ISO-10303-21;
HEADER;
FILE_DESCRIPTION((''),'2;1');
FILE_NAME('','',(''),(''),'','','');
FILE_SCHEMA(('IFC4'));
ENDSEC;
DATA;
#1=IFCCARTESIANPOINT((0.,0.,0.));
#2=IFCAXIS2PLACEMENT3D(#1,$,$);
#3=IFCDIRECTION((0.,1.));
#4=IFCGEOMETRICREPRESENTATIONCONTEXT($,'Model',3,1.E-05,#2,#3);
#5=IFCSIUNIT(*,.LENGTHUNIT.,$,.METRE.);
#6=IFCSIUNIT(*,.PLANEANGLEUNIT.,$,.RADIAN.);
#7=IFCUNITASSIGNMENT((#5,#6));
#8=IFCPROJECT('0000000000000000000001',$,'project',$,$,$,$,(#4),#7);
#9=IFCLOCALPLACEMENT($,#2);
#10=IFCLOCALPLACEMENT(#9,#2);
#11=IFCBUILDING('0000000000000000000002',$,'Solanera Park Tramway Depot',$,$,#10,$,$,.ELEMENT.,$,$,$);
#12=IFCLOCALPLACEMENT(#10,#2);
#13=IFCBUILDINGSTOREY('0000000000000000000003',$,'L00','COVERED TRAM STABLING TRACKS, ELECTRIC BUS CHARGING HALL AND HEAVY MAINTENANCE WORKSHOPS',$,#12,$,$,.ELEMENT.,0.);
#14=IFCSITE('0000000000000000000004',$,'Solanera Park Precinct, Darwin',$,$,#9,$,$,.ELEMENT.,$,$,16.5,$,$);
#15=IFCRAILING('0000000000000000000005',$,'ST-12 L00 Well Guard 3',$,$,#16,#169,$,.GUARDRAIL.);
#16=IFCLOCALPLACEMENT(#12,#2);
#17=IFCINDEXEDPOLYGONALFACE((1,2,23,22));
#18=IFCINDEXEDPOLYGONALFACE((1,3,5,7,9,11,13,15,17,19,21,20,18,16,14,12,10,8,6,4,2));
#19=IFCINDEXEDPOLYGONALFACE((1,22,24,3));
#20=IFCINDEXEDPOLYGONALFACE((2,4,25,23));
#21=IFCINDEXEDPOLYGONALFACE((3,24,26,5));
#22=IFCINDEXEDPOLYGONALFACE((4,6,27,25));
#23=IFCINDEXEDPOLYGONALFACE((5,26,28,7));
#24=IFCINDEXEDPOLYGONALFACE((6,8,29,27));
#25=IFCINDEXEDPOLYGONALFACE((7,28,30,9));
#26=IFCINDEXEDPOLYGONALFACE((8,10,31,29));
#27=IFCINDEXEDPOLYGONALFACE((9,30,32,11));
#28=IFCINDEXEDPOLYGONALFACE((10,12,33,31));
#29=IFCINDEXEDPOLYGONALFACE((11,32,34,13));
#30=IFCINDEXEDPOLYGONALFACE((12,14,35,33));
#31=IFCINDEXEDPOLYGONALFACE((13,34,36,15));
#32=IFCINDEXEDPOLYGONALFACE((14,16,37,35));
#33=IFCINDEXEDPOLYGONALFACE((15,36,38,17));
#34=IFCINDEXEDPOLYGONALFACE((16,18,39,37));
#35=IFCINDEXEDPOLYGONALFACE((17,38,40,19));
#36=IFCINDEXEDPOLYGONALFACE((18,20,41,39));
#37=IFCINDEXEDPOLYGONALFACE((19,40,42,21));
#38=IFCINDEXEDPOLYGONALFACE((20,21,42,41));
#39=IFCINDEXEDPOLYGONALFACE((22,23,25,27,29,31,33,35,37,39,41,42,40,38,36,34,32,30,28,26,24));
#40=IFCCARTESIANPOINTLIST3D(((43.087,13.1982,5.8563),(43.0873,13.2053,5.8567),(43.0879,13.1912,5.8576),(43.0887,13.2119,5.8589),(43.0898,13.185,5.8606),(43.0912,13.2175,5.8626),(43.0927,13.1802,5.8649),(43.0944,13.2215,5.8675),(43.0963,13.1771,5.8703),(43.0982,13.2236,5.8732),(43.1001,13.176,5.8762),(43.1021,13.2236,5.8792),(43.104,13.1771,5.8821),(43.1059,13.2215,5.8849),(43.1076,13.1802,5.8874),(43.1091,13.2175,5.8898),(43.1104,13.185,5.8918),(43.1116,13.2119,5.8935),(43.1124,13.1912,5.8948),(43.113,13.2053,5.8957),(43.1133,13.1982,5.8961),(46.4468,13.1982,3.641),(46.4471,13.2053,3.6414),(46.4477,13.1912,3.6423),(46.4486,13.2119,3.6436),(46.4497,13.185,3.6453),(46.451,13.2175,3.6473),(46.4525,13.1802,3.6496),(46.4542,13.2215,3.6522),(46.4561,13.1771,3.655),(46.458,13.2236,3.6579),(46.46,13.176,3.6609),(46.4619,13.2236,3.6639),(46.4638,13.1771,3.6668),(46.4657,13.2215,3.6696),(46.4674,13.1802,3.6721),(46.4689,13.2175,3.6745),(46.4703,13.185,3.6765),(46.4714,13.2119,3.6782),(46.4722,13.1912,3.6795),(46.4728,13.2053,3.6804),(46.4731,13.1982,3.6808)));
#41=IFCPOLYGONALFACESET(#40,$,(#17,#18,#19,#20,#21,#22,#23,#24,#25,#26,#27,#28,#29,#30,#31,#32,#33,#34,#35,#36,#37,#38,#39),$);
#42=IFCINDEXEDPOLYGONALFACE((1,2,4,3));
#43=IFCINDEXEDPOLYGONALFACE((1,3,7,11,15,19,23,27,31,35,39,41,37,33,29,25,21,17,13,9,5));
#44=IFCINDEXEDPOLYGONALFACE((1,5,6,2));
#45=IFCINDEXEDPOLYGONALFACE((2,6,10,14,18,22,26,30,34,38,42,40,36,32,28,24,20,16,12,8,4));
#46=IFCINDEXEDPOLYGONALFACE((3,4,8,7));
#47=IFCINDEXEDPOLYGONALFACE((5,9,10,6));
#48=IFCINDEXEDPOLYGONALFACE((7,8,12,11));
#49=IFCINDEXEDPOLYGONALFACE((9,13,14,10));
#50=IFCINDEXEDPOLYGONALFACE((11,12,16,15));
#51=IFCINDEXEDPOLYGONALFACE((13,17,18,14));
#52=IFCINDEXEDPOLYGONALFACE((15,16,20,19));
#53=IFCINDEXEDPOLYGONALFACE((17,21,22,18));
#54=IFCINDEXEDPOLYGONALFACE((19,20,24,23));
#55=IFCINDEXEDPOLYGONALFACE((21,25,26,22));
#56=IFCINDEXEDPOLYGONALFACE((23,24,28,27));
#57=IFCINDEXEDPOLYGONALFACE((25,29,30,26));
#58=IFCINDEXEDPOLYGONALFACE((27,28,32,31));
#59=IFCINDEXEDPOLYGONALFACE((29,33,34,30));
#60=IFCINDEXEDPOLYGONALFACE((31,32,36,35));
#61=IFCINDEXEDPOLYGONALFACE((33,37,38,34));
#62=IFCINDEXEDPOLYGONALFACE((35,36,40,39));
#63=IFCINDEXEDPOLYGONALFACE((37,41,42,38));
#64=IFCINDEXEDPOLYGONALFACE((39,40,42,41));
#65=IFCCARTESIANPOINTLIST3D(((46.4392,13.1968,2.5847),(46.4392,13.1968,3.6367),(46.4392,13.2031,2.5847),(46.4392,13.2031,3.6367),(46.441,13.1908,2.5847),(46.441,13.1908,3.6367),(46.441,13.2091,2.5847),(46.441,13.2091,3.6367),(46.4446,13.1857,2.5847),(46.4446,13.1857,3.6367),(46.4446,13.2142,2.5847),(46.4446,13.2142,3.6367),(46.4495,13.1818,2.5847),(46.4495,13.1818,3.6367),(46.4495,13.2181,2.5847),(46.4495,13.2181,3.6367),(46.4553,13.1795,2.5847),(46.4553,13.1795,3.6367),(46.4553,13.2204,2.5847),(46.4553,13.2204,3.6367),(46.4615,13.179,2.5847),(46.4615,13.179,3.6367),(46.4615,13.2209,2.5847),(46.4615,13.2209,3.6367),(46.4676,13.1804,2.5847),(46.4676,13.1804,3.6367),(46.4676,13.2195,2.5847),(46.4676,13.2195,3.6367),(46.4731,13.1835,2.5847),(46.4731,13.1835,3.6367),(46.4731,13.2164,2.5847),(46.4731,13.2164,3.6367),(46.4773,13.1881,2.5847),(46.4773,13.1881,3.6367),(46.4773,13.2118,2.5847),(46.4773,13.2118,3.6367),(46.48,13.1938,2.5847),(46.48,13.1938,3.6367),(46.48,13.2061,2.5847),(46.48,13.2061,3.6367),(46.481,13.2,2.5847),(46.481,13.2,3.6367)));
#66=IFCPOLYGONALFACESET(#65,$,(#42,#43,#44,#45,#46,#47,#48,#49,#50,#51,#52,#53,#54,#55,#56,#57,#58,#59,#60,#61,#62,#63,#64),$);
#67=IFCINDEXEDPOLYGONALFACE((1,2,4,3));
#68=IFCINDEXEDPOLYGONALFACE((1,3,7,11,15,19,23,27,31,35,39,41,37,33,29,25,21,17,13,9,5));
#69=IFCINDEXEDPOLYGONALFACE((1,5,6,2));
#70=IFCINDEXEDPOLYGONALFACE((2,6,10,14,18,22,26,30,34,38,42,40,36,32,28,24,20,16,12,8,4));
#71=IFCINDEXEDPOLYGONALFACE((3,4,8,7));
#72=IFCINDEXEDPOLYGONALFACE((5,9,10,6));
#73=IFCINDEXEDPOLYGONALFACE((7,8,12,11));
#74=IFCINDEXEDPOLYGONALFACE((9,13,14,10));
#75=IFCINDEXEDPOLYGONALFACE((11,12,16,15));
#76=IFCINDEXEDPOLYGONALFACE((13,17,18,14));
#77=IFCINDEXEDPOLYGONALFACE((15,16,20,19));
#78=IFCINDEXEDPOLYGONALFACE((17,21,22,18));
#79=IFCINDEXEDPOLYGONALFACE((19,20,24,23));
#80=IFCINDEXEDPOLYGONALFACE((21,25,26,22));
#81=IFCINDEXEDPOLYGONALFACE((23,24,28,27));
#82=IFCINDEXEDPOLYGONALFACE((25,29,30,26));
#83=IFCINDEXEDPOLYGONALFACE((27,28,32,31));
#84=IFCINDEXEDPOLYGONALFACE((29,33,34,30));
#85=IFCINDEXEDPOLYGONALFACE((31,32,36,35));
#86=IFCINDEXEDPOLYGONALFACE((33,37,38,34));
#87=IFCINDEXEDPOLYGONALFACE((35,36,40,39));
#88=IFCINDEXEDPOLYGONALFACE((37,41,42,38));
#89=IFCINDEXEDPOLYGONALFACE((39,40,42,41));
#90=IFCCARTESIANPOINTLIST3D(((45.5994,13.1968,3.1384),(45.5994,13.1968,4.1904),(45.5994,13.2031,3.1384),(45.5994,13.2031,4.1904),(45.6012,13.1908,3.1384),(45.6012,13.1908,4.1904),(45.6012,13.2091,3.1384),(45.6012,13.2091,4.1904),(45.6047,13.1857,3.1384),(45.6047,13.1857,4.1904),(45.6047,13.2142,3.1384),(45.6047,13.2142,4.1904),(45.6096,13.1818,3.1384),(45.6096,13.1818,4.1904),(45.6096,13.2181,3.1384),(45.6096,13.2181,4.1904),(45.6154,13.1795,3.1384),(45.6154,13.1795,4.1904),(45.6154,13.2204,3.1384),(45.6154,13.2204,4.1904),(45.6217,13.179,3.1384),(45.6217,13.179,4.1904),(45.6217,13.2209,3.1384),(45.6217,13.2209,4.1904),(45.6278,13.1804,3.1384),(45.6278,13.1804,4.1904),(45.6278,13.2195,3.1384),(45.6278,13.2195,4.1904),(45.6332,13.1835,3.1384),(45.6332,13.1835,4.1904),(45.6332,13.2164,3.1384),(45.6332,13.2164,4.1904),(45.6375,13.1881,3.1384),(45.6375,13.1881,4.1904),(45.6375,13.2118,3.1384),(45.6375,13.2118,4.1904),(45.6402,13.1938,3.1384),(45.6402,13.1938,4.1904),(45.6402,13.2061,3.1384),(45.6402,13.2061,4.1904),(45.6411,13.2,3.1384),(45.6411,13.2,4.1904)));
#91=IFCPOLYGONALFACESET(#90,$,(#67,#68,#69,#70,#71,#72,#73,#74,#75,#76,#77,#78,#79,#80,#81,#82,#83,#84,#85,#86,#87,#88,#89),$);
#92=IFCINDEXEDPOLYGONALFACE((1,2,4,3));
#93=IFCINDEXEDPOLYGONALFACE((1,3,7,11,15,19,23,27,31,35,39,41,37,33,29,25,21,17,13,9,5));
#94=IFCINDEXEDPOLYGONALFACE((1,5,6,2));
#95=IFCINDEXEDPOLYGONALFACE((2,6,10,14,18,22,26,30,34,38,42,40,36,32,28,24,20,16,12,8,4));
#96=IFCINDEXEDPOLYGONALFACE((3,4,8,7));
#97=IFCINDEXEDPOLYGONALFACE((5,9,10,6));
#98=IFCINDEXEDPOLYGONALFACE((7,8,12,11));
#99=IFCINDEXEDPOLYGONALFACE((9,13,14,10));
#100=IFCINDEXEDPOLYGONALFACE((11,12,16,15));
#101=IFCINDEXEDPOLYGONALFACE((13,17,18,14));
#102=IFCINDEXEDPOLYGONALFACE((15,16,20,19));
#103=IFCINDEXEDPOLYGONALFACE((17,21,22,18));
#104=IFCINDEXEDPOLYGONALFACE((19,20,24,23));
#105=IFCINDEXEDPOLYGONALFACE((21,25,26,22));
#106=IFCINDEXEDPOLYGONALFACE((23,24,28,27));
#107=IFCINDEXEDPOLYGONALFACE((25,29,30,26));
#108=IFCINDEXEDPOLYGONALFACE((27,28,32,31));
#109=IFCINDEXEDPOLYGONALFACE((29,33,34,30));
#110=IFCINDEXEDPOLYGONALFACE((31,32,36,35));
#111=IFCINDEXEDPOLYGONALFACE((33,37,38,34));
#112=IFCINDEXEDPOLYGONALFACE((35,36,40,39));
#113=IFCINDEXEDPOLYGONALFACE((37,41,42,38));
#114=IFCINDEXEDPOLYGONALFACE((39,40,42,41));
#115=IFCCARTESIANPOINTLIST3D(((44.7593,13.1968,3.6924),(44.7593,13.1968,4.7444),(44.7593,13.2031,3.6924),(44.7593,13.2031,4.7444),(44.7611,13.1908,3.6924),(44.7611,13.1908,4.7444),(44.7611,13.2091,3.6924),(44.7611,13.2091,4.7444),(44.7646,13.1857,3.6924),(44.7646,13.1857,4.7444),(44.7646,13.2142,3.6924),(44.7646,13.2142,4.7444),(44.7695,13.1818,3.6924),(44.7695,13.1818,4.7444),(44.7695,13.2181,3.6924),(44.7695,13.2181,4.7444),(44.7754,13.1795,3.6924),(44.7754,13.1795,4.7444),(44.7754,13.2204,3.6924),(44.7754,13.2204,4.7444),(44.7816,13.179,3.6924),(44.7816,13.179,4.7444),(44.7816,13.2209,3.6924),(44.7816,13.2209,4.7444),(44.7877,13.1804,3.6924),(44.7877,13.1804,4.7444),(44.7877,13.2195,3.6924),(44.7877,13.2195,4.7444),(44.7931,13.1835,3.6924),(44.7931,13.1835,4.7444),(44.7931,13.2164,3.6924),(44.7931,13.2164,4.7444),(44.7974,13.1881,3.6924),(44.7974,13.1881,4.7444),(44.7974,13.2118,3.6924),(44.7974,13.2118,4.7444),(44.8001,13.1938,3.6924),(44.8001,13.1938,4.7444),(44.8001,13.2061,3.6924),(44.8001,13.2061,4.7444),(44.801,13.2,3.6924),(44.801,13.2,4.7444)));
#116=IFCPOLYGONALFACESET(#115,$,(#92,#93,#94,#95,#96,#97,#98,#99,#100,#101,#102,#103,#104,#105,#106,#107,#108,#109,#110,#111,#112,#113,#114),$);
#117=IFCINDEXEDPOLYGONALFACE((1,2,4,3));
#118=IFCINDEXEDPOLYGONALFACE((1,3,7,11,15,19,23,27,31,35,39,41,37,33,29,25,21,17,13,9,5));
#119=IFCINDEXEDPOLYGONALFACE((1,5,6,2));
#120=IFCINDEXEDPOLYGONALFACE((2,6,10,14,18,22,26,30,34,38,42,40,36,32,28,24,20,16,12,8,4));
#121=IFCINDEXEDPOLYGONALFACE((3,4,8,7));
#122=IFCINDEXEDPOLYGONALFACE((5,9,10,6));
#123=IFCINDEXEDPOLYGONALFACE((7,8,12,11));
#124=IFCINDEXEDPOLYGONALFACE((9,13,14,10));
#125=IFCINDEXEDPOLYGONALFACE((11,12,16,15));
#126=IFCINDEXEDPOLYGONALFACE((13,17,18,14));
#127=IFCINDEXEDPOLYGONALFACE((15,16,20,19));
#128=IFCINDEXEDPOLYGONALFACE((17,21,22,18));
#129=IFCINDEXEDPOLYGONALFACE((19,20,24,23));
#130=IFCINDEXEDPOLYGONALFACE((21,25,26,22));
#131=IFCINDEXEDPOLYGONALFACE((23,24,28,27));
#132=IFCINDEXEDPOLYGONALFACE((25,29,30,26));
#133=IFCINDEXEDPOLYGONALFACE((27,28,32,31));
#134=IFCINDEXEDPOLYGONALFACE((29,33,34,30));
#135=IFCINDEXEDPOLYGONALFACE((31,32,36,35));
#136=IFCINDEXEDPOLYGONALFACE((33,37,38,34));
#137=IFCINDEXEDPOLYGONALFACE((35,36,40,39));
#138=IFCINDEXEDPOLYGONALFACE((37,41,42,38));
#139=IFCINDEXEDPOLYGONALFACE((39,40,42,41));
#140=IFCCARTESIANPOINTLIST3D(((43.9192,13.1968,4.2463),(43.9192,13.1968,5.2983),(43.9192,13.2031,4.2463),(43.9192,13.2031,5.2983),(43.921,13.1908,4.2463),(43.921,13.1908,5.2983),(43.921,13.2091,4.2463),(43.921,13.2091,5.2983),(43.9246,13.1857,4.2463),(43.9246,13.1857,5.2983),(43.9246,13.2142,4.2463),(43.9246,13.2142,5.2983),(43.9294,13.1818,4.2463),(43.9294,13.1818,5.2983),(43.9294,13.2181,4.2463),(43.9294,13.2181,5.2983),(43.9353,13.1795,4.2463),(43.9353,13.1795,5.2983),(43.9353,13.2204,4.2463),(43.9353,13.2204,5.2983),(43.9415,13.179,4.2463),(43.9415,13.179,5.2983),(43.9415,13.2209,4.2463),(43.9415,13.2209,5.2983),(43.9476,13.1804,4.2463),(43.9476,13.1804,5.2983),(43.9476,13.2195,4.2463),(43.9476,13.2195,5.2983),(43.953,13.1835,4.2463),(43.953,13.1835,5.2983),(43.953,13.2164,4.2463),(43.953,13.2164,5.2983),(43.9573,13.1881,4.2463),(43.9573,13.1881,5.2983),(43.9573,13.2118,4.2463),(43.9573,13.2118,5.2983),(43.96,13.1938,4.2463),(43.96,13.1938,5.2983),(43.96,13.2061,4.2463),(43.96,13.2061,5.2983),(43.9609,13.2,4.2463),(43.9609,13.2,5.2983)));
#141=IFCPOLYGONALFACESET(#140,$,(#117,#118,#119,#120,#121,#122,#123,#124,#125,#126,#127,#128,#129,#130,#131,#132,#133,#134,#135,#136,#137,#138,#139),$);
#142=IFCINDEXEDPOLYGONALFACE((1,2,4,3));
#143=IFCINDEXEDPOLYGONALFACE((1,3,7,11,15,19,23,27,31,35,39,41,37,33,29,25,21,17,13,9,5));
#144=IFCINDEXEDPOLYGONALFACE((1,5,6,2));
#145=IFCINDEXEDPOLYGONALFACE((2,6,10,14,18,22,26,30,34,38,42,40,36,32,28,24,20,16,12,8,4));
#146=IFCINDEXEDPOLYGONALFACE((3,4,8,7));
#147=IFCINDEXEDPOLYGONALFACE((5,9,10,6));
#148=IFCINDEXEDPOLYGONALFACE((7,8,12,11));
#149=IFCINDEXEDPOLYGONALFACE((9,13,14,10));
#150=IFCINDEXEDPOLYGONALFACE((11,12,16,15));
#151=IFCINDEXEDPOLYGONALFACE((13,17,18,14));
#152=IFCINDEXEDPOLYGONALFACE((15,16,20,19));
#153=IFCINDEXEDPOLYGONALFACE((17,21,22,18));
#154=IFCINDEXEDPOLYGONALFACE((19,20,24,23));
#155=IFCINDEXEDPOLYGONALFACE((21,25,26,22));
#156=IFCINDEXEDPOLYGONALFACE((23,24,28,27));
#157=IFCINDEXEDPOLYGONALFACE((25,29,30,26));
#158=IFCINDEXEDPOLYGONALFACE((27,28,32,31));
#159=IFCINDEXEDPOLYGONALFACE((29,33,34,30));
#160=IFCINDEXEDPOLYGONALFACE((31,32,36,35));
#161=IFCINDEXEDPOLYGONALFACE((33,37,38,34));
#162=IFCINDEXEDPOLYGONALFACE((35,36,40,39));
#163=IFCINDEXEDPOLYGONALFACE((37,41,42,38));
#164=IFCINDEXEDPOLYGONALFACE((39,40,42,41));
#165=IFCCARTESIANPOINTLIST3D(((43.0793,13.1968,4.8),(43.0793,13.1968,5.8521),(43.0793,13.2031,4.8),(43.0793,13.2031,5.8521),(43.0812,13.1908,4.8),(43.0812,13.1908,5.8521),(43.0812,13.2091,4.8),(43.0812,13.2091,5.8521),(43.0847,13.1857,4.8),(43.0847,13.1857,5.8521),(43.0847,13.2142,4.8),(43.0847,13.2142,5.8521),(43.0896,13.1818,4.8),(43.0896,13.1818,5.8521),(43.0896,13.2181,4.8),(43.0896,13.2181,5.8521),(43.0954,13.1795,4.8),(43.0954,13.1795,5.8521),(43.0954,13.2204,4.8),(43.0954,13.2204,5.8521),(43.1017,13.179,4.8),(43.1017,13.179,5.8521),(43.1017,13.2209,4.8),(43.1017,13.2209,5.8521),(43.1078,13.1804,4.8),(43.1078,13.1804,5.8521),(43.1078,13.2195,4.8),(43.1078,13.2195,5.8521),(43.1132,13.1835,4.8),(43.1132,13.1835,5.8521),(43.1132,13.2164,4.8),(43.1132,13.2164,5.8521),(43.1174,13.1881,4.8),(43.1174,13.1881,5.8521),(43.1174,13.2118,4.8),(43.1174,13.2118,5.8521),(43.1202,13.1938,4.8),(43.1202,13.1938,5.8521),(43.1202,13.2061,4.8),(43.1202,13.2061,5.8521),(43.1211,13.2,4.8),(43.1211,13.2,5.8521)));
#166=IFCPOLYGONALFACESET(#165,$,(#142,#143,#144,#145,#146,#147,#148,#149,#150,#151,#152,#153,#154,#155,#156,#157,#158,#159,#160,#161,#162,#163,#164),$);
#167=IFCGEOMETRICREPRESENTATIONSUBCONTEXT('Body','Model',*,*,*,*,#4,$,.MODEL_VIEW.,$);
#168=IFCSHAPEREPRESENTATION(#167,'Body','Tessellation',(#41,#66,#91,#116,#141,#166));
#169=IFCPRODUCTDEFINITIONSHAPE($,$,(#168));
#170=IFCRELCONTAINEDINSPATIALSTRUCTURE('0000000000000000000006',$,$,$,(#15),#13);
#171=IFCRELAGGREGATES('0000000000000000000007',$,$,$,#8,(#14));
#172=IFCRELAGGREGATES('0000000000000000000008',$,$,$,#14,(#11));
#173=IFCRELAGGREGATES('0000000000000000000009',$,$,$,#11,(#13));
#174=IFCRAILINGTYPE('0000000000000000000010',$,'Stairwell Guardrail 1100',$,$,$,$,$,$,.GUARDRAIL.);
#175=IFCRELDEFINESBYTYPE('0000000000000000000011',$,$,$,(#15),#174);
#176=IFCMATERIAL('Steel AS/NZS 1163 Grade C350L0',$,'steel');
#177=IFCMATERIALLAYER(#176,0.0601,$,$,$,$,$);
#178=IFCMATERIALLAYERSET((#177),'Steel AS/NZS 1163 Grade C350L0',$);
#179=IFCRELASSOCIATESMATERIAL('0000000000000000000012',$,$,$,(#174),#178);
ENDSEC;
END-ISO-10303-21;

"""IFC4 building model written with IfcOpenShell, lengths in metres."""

from ifc_helpers import new_model, si_unit, direction, frame, origin, origin_2d, place, context, subcontext, project, spatial, circle, extrude, material, layer, layer_set, type_object, element, save


model = new_model("IFC4")

# Units and contexts
model_context = context("Model", 3, precision=1e-05, world=origin(), true_north=direction((0.0, 1.0)))
body_context = subcontext(model_context, "Body", "Model", "MODEL_VIEW")
ifc_project = project(units=[si_unit("LENGTHUNIT", "METRE"), si_unit("PLANEANGLEUNIT", "RADIAN")], contexts=[model_context])

# Site, building, storey
site_placement = place(None, origin())
site = spatial("IfcSite", under=ifc_project, at=site_placement, Name="Solanera Park Precinct, Darwin", CompositionType="ELEMENT", RefElevation=16.5)
building_placement = place(site_placement, origin())
building = spatial("IfcBuilding", under=site, at=building_placement, Name="Solanera Park Tramway Depot", CompositionType="ELEMENT")
storey_placement = place(building_placement, origin())
storey = spatial("IfcBuildingStorey", under=building, at=storey_placement, Name="L00", Description="COVERED TRAM STABLING TRACKS, ELECTRIC BUS CHARGING HALL AND HEAVY MAINTENANCE WORKSHOPS", CompositionType="ELEMENT", Elevation=0.0)

# Railing
ifc_material_1 = material(Name="Steel AS/NZS 1163 Grade C350L0", Category="steel")
ifc_layer_1 = layer(ifc_material_1, 0.0601)
ifc_layer_set_1 = layer_set([ifc_layer_1], Name="Steel AS/NZS 1163 Grade C350L0")
railing_type_1 = type_object("IfcRailingType", Name="Stairwell Guardrail 1100", PredefinedType="GUARDRAIL", material=ifc_layer_set_1)
railing_1_placement = place(storey_placement, frame((46.46, 13.2, 2.5847)))
element("IfcRailing", 1, at=railing_1_placement, inside=storey, type_object=railing_type_1, Name="ST-12 L00 Well Guard 3", PredefinedType="GUARDRAIL", context=body_context, shape_type="SweptSolid", body=[
    extrude(circle(Radius=0.0239, at=origin_2d()), frame((0.0, 0.0, 1.0762), z_axis=(-0.834858, 0.0, 0.550465), x_axis=(0.0, -1.0, 0.0)), (0.0, 0.0, 1.0), 4.0244),
    extrude(circle(Radius=0.021, at=origin_2d()), origin(), (0.0, 0.0, 1.0), 1.052),
    extrude(circle(Radius=0.021, at=origin_2d()), frame((-0.8398, 0.0, 0.5537)), (0.0, 0.0, 1.0), 1.052),
    extrude(circle(Radius=0.021, at=origin_2d()), frame((-1.6799, 0.0, 1.1077)), (0.0, 0.0, 1.0), 1.052),
    extrude(circle(Radius=0.021, at=origin_2d()), frame((-2.52, 0.0, 1.6616)), (0.0, 0.0, 1.0), 1.052),
    extrude(circle(Radius=0.021, at=origin_2d()), frame((-3.3599, 0.0, 2.2153)), (0.0, 0.0, 1.0), 1.052),
])

save(model, "model.ifc")
